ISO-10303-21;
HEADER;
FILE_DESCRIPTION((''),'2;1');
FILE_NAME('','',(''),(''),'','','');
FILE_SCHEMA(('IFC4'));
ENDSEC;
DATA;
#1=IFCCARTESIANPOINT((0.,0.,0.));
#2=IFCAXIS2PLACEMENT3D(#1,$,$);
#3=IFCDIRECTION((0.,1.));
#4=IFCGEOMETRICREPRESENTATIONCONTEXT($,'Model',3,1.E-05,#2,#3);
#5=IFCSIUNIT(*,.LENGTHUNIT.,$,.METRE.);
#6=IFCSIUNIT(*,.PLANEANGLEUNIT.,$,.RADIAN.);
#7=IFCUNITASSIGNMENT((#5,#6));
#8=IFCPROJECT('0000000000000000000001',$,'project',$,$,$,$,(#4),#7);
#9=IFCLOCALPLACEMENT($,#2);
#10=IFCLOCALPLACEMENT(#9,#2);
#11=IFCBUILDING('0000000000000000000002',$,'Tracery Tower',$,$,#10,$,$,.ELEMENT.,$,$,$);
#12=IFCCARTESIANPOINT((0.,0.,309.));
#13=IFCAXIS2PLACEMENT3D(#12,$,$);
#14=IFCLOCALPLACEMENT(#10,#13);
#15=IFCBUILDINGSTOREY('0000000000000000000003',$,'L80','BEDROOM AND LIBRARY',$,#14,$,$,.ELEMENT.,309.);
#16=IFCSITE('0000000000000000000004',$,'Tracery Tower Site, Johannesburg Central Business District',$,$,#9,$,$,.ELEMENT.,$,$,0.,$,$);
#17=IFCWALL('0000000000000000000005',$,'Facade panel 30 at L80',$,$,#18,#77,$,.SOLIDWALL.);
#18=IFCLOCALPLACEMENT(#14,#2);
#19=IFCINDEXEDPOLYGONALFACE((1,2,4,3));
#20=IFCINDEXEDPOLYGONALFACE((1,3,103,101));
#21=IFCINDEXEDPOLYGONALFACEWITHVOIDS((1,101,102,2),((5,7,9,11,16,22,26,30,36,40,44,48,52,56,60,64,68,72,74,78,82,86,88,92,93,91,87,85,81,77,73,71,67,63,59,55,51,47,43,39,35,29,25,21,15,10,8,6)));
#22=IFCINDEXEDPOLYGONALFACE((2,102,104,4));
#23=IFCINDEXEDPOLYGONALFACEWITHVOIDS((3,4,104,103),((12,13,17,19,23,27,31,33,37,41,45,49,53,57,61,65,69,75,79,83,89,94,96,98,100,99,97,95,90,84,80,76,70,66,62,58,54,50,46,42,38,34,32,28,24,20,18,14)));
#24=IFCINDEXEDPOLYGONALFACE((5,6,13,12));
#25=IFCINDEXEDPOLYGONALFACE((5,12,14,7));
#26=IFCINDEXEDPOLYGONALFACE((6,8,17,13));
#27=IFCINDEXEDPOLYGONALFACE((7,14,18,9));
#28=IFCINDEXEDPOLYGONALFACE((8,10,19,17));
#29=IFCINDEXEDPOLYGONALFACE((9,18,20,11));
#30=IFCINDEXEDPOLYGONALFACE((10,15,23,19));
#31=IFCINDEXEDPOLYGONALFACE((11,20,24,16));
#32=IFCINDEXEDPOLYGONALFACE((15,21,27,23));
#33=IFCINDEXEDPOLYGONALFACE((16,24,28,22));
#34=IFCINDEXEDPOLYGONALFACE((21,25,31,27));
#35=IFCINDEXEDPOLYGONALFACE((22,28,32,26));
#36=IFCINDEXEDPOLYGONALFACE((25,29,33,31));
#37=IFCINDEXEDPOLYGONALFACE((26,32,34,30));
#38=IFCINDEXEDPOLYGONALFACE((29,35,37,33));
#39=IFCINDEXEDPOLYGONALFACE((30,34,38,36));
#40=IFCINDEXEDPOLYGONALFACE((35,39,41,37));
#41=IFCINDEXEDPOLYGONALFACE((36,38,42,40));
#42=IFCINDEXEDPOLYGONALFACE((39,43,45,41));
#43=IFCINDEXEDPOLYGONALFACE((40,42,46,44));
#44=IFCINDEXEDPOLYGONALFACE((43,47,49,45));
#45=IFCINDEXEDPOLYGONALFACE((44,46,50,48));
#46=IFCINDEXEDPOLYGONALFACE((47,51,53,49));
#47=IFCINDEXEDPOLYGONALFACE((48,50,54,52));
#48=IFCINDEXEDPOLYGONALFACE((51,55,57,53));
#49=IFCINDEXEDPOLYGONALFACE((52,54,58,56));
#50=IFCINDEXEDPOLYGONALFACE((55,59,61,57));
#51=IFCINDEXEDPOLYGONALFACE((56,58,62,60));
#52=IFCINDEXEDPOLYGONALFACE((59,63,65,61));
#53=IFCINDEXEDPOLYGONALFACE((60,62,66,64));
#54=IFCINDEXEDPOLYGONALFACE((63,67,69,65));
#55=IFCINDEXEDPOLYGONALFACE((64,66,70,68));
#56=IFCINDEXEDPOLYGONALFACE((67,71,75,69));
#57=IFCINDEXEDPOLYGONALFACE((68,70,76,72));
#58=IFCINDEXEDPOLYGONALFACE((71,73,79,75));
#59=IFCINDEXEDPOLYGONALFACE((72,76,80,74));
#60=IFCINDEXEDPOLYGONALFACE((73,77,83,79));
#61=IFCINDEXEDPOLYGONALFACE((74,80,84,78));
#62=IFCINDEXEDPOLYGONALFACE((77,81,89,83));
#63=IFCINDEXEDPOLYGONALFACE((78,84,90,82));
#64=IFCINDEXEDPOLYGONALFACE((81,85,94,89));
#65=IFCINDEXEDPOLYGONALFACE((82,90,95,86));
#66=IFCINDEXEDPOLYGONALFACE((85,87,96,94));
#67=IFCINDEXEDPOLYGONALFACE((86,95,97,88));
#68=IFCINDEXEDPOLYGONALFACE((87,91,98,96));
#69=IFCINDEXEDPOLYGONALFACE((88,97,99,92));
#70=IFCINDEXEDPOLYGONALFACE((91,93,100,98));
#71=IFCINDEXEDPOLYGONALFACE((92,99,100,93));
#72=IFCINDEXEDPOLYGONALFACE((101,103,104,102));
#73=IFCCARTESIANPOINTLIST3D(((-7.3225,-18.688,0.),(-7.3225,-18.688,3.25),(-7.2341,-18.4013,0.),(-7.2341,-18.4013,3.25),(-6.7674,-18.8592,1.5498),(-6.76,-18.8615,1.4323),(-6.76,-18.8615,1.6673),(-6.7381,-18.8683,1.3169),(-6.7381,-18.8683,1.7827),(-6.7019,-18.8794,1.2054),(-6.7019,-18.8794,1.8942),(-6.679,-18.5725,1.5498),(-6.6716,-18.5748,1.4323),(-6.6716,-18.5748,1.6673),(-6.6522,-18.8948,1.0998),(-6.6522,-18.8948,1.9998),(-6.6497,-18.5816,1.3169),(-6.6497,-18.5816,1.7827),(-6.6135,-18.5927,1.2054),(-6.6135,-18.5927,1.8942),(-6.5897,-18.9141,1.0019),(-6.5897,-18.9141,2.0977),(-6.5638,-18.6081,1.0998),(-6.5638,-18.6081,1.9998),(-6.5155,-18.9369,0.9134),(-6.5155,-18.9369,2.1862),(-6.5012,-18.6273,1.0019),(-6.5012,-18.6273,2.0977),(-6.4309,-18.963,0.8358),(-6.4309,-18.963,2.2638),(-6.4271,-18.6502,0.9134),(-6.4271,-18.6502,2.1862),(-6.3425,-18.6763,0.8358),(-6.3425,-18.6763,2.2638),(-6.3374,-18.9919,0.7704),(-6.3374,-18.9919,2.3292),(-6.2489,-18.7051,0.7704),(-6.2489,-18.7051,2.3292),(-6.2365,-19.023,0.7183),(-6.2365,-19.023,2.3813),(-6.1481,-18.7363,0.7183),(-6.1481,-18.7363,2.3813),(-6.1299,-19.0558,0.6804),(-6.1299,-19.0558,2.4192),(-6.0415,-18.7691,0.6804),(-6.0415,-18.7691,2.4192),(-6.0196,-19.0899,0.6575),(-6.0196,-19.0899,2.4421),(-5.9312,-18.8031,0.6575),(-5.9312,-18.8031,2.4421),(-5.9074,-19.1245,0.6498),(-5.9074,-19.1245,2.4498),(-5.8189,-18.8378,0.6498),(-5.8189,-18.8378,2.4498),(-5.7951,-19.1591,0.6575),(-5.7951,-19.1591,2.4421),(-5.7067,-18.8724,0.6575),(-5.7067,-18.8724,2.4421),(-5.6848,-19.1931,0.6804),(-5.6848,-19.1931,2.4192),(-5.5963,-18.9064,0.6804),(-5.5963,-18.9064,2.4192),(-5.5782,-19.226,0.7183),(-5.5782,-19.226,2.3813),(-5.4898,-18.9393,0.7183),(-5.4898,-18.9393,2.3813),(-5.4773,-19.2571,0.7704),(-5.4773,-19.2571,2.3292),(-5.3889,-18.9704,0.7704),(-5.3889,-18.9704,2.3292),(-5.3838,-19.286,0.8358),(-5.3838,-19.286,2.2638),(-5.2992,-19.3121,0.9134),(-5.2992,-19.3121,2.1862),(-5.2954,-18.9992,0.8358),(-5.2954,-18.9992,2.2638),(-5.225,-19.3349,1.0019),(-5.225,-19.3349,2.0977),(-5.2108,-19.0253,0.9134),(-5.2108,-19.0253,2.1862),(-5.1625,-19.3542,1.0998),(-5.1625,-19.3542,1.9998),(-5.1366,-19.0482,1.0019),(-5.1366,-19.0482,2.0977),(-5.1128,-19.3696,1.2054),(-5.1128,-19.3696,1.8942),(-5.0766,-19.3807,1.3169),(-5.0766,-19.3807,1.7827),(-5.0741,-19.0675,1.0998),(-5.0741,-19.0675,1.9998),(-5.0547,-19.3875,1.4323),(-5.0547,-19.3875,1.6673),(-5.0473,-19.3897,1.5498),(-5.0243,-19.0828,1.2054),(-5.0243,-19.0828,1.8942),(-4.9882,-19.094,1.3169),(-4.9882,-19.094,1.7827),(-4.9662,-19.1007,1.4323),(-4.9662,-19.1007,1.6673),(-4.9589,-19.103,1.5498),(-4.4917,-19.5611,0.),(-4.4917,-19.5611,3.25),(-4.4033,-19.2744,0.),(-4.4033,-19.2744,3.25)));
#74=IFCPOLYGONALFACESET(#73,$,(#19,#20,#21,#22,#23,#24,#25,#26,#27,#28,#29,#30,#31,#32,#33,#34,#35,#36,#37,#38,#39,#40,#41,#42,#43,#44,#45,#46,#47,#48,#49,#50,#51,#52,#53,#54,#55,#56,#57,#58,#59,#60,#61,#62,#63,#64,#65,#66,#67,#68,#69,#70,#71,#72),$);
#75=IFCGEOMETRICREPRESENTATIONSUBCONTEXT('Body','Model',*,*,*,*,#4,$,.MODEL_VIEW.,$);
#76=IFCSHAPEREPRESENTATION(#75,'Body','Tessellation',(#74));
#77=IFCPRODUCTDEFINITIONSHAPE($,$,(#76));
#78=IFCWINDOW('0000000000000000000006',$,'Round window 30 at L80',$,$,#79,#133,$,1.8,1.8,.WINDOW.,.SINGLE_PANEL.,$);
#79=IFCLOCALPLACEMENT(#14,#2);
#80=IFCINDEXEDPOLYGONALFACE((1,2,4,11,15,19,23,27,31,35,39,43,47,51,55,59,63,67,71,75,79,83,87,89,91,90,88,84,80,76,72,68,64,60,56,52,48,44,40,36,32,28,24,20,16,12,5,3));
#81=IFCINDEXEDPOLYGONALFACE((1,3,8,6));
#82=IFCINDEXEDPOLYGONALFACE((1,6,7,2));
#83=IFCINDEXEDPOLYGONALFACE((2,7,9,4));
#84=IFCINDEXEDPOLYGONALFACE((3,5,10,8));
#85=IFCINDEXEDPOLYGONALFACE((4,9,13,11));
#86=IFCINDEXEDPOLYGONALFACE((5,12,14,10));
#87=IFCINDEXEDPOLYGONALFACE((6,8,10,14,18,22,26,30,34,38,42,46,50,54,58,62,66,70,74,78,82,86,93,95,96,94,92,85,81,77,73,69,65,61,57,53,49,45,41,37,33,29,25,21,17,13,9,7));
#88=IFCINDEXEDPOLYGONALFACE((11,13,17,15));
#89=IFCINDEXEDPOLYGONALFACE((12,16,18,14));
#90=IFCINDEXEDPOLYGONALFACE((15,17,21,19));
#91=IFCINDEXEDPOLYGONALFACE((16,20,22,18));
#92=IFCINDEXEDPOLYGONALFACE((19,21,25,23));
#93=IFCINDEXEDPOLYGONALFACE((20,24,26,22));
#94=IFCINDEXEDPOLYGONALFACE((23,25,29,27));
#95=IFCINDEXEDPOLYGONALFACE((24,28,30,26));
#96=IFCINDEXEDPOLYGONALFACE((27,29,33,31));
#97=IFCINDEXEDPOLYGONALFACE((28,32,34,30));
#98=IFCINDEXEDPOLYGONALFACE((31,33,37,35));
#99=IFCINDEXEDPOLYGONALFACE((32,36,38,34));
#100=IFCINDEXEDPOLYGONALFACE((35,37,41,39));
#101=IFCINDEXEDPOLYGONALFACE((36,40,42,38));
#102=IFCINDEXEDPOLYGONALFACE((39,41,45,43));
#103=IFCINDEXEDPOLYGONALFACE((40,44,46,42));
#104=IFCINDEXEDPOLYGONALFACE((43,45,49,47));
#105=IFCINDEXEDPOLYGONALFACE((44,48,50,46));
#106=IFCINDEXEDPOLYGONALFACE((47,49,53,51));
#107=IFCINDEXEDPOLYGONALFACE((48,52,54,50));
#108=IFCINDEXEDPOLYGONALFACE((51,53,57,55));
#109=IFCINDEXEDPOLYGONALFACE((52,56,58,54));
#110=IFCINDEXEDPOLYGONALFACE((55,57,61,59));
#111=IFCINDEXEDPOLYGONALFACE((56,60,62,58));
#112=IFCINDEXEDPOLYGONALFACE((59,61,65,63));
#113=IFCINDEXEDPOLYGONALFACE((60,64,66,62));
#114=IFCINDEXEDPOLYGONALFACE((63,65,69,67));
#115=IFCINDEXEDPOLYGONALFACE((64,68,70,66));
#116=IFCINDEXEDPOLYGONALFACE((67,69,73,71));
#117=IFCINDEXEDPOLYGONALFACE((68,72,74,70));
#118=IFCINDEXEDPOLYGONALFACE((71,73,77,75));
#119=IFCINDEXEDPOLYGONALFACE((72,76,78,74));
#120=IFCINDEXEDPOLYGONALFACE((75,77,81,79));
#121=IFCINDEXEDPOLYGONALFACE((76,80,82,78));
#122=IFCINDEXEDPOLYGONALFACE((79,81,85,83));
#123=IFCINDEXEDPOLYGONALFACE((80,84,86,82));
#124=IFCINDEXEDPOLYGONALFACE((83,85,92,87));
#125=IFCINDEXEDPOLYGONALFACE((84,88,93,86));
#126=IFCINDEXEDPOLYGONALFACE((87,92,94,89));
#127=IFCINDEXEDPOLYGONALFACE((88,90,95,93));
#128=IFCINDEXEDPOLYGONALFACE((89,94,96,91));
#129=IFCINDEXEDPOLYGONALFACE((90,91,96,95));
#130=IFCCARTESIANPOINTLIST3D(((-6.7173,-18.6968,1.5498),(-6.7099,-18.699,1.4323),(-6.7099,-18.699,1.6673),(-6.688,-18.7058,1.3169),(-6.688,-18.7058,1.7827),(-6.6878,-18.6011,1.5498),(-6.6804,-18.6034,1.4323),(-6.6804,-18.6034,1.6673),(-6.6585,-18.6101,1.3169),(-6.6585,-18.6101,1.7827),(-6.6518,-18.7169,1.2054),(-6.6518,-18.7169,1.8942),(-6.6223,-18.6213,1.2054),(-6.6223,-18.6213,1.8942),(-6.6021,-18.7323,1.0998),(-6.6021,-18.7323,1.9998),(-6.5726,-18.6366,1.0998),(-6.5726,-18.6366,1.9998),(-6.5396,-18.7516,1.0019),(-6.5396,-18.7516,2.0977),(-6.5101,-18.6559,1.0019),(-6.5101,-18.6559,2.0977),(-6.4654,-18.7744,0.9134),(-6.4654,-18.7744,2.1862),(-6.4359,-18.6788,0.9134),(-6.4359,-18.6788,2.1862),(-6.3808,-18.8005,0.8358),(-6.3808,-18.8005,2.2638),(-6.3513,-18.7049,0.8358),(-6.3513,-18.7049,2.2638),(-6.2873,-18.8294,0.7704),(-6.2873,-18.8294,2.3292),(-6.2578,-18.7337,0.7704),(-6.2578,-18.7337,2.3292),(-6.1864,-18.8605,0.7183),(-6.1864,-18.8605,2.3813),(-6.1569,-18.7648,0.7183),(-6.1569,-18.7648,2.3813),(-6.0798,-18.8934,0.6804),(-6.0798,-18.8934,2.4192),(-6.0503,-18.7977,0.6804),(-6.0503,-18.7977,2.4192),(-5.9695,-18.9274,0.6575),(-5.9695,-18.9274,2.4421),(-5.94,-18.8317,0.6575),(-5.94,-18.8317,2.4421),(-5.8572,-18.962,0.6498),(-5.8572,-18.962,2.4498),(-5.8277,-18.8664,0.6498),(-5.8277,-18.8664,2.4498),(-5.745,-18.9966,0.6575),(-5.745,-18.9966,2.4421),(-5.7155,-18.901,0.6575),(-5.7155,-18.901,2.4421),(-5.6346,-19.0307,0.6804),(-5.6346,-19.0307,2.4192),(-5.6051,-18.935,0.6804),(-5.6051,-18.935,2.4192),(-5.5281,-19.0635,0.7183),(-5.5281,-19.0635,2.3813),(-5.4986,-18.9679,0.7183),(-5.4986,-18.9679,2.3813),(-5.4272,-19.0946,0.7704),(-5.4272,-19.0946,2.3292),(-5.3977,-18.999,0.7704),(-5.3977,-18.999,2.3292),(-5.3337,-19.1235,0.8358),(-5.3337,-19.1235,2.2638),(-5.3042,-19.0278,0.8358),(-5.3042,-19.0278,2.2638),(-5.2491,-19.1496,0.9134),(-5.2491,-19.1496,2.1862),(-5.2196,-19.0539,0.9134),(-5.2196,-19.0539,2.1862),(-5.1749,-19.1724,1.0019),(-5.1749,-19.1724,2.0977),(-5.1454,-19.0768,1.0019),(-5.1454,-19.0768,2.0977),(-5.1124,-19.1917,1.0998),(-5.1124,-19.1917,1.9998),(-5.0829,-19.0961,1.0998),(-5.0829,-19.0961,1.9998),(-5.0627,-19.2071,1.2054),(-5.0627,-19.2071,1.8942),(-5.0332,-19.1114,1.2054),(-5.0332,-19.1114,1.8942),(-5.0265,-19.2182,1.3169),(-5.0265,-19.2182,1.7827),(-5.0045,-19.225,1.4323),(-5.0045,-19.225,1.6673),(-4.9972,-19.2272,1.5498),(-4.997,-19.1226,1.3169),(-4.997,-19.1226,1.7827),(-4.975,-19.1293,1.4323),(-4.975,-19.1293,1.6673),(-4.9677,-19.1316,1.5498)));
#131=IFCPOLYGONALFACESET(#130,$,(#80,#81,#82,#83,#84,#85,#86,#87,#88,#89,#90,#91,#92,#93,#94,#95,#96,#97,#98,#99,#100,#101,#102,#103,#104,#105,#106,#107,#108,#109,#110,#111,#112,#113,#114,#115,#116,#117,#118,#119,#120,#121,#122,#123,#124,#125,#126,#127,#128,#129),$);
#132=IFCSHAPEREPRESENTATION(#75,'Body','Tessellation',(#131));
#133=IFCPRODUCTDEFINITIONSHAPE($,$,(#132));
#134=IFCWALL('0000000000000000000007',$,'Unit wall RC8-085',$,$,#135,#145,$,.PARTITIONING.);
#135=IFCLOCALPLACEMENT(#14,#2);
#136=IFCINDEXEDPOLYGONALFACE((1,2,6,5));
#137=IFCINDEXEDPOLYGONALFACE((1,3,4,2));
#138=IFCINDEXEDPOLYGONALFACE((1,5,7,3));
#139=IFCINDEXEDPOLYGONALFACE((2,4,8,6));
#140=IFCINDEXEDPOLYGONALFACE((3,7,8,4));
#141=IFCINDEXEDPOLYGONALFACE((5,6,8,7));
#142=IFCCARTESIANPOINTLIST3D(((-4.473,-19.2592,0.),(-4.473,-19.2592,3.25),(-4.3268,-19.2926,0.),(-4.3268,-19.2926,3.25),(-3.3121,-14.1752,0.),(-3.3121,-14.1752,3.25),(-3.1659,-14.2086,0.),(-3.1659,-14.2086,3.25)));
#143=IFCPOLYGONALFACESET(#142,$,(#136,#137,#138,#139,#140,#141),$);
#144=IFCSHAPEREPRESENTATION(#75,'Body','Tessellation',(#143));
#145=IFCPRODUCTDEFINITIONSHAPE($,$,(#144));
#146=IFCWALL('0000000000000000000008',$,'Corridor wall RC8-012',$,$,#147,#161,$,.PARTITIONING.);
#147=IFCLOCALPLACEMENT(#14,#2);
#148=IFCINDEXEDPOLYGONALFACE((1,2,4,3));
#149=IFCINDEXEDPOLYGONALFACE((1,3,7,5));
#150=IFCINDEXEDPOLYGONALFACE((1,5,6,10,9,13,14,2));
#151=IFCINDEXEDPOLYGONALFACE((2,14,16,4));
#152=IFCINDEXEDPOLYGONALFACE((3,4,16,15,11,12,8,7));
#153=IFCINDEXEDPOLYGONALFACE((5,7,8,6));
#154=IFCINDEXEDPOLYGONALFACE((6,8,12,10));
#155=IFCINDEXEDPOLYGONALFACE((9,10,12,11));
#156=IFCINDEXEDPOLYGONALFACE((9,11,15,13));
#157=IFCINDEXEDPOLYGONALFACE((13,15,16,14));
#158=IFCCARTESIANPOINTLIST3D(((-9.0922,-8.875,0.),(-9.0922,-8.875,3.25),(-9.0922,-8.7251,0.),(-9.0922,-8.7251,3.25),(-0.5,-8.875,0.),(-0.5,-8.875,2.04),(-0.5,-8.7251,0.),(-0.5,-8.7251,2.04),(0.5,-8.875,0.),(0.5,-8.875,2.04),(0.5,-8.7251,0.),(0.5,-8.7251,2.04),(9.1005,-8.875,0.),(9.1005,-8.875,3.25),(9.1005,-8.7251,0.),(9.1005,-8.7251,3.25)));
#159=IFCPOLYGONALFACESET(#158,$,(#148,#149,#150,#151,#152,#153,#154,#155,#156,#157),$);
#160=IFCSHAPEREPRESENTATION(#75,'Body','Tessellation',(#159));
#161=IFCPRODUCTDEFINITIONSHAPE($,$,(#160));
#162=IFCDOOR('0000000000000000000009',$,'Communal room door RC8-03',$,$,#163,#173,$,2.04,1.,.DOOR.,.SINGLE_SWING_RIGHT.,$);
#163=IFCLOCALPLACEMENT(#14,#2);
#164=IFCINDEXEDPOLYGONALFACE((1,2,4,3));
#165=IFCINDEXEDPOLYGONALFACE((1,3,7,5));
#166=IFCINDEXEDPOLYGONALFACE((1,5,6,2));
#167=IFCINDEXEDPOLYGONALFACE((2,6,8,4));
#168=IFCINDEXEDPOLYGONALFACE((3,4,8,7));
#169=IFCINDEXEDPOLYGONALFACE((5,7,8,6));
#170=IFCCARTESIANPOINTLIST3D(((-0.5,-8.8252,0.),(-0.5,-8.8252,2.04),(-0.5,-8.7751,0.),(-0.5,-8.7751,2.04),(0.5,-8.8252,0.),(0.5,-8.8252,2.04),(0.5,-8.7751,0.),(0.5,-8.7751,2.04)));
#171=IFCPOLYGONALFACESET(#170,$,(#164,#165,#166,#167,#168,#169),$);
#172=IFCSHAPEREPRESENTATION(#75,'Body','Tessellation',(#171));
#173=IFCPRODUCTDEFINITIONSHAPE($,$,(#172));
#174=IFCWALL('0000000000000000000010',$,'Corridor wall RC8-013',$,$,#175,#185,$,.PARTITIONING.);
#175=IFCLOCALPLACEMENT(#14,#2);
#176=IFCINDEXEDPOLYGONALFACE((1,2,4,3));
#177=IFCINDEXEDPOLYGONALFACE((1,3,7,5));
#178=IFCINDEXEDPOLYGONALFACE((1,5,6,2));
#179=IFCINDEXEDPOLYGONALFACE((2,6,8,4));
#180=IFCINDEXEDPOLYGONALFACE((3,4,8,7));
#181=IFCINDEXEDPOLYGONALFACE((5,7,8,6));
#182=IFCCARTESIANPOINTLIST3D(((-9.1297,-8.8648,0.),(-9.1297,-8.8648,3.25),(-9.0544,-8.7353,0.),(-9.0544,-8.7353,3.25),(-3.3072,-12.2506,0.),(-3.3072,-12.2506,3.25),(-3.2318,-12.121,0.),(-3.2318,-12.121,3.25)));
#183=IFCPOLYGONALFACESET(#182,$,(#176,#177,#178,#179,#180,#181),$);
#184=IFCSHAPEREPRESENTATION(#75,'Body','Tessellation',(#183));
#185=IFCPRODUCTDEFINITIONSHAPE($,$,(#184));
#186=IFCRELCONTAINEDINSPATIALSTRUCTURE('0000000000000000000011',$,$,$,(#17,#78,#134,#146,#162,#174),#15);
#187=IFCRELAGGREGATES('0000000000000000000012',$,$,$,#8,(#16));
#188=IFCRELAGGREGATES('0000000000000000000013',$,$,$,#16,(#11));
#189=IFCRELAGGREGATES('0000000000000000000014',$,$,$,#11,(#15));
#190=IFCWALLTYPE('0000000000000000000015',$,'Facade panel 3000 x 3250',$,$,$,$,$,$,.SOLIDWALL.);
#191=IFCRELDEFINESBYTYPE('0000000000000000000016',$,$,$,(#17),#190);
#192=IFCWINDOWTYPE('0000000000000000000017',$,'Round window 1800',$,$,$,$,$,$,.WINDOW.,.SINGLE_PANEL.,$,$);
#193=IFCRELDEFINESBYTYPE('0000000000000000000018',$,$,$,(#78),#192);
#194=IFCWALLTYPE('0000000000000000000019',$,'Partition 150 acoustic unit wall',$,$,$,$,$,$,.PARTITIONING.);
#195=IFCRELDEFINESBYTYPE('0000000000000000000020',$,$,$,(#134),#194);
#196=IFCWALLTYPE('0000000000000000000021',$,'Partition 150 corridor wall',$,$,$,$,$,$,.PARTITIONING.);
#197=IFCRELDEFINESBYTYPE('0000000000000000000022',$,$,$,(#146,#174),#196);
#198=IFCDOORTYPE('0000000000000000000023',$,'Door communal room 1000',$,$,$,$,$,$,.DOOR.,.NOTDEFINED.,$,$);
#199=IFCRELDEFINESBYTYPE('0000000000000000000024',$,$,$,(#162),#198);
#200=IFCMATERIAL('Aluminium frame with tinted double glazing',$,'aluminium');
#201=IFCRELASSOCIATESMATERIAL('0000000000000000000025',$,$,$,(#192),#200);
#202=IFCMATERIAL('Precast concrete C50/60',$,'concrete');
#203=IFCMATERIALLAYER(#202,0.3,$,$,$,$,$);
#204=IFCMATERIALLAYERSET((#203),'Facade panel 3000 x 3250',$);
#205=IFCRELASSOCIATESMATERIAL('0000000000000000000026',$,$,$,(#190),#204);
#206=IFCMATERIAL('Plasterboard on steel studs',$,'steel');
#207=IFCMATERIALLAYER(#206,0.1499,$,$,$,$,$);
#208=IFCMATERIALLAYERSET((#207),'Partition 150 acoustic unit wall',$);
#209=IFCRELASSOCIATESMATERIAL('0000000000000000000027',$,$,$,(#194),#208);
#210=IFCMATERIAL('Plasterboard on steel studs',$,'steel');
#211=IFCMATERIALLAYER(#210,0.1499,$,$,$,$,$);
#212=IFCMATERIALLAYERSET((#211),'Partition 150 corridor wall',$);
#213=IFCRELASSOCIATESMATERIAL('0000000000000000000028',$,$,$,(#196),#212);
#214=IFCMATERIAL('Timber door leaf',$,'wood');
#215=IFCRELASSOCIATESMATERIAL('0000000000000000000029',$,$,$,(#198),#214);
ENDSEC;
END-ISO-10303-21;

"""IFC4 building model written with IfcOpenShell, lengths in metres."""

from ifc_helpers import new_model, si_unit, direction, frame, frame_2d, origin, origin_2d, place, context, subcontext, project, spatial, rectangle, circle, extrude, material, layer, layer_set, type_object, element, fill, save


model = new_model("IFC4")

# Units and contexts
model_context = context("Model", 3, precision=1e-05, world=origin(), true_north=direction((0.0, 1.0)))
body_context = subcontext(model_context, "Body", "Model", "MODEL_VIEW")
ifc_project = project(units=[si_unit("LENGTHUNIT", "METRE"), si_unit("PLANEANGLEUNIT", "RADIAN")], contexts=[model_context])

# Site, building, storey
site_placement = place(None, origin())
site = spatial("IfcSite", under=ifc_project, at=site_placement, Name="Tracery Tower Site, Johannesburg Central Business District", CompositionType="ELEMENT", RefElevation=0.0)
building_placement = place(site_placement, origin())
building = spatial("IfcBuilding", under=site, at=building_placement, Name="Tracery Tower", CompositionType="ELEMENT")
storey_placement = place(building_placement, frame((0.0, 0.0, 309.0)))
storey = spatial("IfcBuildingStorey", under=building, at=storey_placement, Name="L80", Description="BEDROOM AND LIBRARY", CompositionType="ELEMENT", Elevation=309.0)

# Wall, opening, window
ifc_material_1 = material(Name="Aluminium frame with tinted double glazing", Category="aluminium")
window_type = type_object("IfcWindowType", Name="Round window 1800", PartitioningType="SINGLE_PANEL", PredefinedType="WINDOW", material=ifc_material_1)
ifc_material_2 = material(Name="Precast concrete C50/60", Category="concrete")
ifc_layer_1 = layer(ifc_material_2, 0.3)
ifc_layer_set_1 = layer_set([ifc_layer_1], Name="Facade panel 3000 x 3250")
wall_type_1 = type_object("IfcWallType", Name="Facade panel 3000 x 3250", PredefinedType="SOLIDWALL", material=ifc_layer_set_1)
wall_1_placement = place(storey_placement, frame((-7.2783, -18.5447, 0.0), z_axis=(0.0, 0.0, 1.0), x_axis=(0.955586, -0.294711, 0.0)))
wall_1 = element("IfcWall", 1, at=wall_1_placement, inside=storey, type_object=wall_type_1, Name="Facade panel 30 at L80", PredefinedType="SOLIDWALL", context=body_context, shape_type="SweptSolid", body=[
    extrude(rectangle(XDim=2.9624, YDim=0.3, at=frame_2d((1.4812, 0.0))), origin(), (0.0, 0.0, 1.0), 3.25),
])
opening_1_placement = place(wall_1_placement, frame((1.481, 0.0, 1.5498)))
opening_1 = element("IfcOpeningElement", 2, at=opening_1_placement, cuts=wall_1, PredefinedType="OPENING", context=body_context, shape_type="SweptSolid", body=[
    extrude(circle(Radius=0.9, at=origin_2d()), frame((0.0, 0.1599, 0.0), z_axis=(0.0, -1.0, 0.0), x_axis=(1.0, 0.0, 0.0)), (0.0, 0.0, 1.0), 0.3201),
])
window_1_placement = place(opening_1_placement, origin())
window_1 = element("IfcWindow", 3, at=window_1_placement, inside=storey, type_object=window_type, Name="Round window 30 at L80", OverallHeight=1.8, OverallWidth=1.8, PartitioningType="SINGLE_PANEL", PredefinedType="WINDOW", context=body_context, shape_type="SweptSolid", body=[
    extrude(circle(Radius=0.9, at=origin_2d()), frame((0.0, 0.1201, 0.0), z_axis=(0.0, -1.0, 0.0), x_axis=(1.0, 0.0, 0.0)), (0.0, 0.0, 1.0), 0.1001),
])
fill(opening_1, window_1)

# Wall
ifc_material_3 = material(Name="Plasterboard on steel studs", Category="steel")
ifc_layer_2 = layer(ifc_material_3, 0.1499)
ifc_layer_set_2 = layer_set([ifc_layer_2], Name="Partition 150 acoustic unit wall")
wall_type_2 = type_object("IfcWallType", Name="Partition 150 acoustic unit wall", PredefinedType="PARTITIONING", material=ifc_layer_set_2)
wall_2_placement = place(storey_placement, frame((-4.3999, -19.2759, 0.0), z_axis=(0.0, 0.0, 1.0), x_axis=(0.222613, 0.974907, 0.0)))
element("IfcWall", 4, at=wall_2_placement, inside=storey, type_object=wall_type_2, Name="Unit wall RC8-085", PredefinedType="PARTITIONING", context=body_context, shape_type="SweptSolid", body=[
    extrude(rectangle(XDim=5.2148, YDim=0.1499, at=frame_2d((2.6074, 0.0))), origin(), (0.0, 0.0, 1.0), 3.25),
])

# Wall, opening, door
ifc_material_4 = material(Name="Plasterboard on steel studs", Category="steel")
ifc_layer_3 = layer(ifc_material_4, 0.1499)
ifc_layer_set_3 = layer_set([ifc_layer_3], Name="Partition 150 corridor wall")
wall_type_3 = type_object("IfcWallType", Name="Partition 150 corridor wall", PredefinedType="PARTITIONING", material=ifc_layer_set_3)
wall_3_placement = place(storey_placement, frame((-9.092, -8.8, 0.0), z_axis=(0.0, 0.0, 1.0), x_axis=(1.0, 0.0, 0.0)))
wall_3 = element("IfcWall", 5, at=wall_3_placement, inside=storey, type_object=wall_type_3, Name="Corridor wall RC8-012", PredefinedType="PARTITIONING", context=body_context, shape_type="SweptSolid", body=[
    extrude(rectangle(XDim=18.1926, YDim=0.1499, at=frame_2d((9.0962, 0.0))), origin(), (0.0, 0.0, 1.0), 3.25),
])
opening_2_placement = place(wall_3_placement, frame((8.592, 0.0, 0.0)))
opening_2 = element("IfcOpeningElement", 6, at=opening_2_placement, cuts=wall_3, PredefinedType="OPENING", context=body_context, shape_type="SweptSolid", body=[
    extrude(rectangle(XDim=1.0, YDim=2.04, at=frame_2d((0.5, 1.02))), frame((0.0, 0.075, 0.0), z_axis=(0.0, -1.0, 0.0), x_axis=(1.0, 0.0, 0.0)), (0.0, 0.0, 1.0), 0.1499),
])
ifc_material_5 = material(Name="Timber door leaf", Category="wood")
door_type_1 = type_object("IfcDoorType", Name="Door communal room 1000", OperationType="NOTDEFINED", PredefinedType="DOOR", material=ifc_material_5)
door_1_placement = place(opening_2_placement, origin())
door_1 = element("IfcDoor", 7, at=door_1_placement, inside=storey, type_object=door_type_1, Name="Communal room door RC8-03", OperationType="SINGLE_SWING_RIGHT", OverallHeight=2.04, OverallWidth=1.0, PredefinedType="DOOR", context=body_context, shape_type="SweptSolid", body=[
    extrude(rectangle(XDim=1.0, YDim=2.04, at=frame_2d((0.5, 1.02))), frame((0.0, 0.0249, 0.0), z_axis=(0.0, -1.0, 0.0), x_axis=(1.0, 0.0, 0.0)), (0.0, 0.0, 1.0), 0.05),
])
fill(opening_2, door_1)

# Wall
wall_4_placement = place(storey_placement, frame((-9.092, -8.8, 0.0), z_axis=(0.0, 0.0, 1.0), x_axis=(0.864471, -0.502683, 0.0)))
element("IfcWall", 8, at=wall_4_placement, inside=storey, type_object=wall_type_3, Name="Corridor wall RC8-013", PredefinedType="PARTITIONING", context=body_context, shape_type="SweptSolid", body=[
    extrude(rectangle(XDim=6.7354, YDim=0.1499, at=frame_2d((3.3677, 0.0))), origin(), (0.0, 0.0, 1.0), 3.25),
])

save(model, "model.ifc")
